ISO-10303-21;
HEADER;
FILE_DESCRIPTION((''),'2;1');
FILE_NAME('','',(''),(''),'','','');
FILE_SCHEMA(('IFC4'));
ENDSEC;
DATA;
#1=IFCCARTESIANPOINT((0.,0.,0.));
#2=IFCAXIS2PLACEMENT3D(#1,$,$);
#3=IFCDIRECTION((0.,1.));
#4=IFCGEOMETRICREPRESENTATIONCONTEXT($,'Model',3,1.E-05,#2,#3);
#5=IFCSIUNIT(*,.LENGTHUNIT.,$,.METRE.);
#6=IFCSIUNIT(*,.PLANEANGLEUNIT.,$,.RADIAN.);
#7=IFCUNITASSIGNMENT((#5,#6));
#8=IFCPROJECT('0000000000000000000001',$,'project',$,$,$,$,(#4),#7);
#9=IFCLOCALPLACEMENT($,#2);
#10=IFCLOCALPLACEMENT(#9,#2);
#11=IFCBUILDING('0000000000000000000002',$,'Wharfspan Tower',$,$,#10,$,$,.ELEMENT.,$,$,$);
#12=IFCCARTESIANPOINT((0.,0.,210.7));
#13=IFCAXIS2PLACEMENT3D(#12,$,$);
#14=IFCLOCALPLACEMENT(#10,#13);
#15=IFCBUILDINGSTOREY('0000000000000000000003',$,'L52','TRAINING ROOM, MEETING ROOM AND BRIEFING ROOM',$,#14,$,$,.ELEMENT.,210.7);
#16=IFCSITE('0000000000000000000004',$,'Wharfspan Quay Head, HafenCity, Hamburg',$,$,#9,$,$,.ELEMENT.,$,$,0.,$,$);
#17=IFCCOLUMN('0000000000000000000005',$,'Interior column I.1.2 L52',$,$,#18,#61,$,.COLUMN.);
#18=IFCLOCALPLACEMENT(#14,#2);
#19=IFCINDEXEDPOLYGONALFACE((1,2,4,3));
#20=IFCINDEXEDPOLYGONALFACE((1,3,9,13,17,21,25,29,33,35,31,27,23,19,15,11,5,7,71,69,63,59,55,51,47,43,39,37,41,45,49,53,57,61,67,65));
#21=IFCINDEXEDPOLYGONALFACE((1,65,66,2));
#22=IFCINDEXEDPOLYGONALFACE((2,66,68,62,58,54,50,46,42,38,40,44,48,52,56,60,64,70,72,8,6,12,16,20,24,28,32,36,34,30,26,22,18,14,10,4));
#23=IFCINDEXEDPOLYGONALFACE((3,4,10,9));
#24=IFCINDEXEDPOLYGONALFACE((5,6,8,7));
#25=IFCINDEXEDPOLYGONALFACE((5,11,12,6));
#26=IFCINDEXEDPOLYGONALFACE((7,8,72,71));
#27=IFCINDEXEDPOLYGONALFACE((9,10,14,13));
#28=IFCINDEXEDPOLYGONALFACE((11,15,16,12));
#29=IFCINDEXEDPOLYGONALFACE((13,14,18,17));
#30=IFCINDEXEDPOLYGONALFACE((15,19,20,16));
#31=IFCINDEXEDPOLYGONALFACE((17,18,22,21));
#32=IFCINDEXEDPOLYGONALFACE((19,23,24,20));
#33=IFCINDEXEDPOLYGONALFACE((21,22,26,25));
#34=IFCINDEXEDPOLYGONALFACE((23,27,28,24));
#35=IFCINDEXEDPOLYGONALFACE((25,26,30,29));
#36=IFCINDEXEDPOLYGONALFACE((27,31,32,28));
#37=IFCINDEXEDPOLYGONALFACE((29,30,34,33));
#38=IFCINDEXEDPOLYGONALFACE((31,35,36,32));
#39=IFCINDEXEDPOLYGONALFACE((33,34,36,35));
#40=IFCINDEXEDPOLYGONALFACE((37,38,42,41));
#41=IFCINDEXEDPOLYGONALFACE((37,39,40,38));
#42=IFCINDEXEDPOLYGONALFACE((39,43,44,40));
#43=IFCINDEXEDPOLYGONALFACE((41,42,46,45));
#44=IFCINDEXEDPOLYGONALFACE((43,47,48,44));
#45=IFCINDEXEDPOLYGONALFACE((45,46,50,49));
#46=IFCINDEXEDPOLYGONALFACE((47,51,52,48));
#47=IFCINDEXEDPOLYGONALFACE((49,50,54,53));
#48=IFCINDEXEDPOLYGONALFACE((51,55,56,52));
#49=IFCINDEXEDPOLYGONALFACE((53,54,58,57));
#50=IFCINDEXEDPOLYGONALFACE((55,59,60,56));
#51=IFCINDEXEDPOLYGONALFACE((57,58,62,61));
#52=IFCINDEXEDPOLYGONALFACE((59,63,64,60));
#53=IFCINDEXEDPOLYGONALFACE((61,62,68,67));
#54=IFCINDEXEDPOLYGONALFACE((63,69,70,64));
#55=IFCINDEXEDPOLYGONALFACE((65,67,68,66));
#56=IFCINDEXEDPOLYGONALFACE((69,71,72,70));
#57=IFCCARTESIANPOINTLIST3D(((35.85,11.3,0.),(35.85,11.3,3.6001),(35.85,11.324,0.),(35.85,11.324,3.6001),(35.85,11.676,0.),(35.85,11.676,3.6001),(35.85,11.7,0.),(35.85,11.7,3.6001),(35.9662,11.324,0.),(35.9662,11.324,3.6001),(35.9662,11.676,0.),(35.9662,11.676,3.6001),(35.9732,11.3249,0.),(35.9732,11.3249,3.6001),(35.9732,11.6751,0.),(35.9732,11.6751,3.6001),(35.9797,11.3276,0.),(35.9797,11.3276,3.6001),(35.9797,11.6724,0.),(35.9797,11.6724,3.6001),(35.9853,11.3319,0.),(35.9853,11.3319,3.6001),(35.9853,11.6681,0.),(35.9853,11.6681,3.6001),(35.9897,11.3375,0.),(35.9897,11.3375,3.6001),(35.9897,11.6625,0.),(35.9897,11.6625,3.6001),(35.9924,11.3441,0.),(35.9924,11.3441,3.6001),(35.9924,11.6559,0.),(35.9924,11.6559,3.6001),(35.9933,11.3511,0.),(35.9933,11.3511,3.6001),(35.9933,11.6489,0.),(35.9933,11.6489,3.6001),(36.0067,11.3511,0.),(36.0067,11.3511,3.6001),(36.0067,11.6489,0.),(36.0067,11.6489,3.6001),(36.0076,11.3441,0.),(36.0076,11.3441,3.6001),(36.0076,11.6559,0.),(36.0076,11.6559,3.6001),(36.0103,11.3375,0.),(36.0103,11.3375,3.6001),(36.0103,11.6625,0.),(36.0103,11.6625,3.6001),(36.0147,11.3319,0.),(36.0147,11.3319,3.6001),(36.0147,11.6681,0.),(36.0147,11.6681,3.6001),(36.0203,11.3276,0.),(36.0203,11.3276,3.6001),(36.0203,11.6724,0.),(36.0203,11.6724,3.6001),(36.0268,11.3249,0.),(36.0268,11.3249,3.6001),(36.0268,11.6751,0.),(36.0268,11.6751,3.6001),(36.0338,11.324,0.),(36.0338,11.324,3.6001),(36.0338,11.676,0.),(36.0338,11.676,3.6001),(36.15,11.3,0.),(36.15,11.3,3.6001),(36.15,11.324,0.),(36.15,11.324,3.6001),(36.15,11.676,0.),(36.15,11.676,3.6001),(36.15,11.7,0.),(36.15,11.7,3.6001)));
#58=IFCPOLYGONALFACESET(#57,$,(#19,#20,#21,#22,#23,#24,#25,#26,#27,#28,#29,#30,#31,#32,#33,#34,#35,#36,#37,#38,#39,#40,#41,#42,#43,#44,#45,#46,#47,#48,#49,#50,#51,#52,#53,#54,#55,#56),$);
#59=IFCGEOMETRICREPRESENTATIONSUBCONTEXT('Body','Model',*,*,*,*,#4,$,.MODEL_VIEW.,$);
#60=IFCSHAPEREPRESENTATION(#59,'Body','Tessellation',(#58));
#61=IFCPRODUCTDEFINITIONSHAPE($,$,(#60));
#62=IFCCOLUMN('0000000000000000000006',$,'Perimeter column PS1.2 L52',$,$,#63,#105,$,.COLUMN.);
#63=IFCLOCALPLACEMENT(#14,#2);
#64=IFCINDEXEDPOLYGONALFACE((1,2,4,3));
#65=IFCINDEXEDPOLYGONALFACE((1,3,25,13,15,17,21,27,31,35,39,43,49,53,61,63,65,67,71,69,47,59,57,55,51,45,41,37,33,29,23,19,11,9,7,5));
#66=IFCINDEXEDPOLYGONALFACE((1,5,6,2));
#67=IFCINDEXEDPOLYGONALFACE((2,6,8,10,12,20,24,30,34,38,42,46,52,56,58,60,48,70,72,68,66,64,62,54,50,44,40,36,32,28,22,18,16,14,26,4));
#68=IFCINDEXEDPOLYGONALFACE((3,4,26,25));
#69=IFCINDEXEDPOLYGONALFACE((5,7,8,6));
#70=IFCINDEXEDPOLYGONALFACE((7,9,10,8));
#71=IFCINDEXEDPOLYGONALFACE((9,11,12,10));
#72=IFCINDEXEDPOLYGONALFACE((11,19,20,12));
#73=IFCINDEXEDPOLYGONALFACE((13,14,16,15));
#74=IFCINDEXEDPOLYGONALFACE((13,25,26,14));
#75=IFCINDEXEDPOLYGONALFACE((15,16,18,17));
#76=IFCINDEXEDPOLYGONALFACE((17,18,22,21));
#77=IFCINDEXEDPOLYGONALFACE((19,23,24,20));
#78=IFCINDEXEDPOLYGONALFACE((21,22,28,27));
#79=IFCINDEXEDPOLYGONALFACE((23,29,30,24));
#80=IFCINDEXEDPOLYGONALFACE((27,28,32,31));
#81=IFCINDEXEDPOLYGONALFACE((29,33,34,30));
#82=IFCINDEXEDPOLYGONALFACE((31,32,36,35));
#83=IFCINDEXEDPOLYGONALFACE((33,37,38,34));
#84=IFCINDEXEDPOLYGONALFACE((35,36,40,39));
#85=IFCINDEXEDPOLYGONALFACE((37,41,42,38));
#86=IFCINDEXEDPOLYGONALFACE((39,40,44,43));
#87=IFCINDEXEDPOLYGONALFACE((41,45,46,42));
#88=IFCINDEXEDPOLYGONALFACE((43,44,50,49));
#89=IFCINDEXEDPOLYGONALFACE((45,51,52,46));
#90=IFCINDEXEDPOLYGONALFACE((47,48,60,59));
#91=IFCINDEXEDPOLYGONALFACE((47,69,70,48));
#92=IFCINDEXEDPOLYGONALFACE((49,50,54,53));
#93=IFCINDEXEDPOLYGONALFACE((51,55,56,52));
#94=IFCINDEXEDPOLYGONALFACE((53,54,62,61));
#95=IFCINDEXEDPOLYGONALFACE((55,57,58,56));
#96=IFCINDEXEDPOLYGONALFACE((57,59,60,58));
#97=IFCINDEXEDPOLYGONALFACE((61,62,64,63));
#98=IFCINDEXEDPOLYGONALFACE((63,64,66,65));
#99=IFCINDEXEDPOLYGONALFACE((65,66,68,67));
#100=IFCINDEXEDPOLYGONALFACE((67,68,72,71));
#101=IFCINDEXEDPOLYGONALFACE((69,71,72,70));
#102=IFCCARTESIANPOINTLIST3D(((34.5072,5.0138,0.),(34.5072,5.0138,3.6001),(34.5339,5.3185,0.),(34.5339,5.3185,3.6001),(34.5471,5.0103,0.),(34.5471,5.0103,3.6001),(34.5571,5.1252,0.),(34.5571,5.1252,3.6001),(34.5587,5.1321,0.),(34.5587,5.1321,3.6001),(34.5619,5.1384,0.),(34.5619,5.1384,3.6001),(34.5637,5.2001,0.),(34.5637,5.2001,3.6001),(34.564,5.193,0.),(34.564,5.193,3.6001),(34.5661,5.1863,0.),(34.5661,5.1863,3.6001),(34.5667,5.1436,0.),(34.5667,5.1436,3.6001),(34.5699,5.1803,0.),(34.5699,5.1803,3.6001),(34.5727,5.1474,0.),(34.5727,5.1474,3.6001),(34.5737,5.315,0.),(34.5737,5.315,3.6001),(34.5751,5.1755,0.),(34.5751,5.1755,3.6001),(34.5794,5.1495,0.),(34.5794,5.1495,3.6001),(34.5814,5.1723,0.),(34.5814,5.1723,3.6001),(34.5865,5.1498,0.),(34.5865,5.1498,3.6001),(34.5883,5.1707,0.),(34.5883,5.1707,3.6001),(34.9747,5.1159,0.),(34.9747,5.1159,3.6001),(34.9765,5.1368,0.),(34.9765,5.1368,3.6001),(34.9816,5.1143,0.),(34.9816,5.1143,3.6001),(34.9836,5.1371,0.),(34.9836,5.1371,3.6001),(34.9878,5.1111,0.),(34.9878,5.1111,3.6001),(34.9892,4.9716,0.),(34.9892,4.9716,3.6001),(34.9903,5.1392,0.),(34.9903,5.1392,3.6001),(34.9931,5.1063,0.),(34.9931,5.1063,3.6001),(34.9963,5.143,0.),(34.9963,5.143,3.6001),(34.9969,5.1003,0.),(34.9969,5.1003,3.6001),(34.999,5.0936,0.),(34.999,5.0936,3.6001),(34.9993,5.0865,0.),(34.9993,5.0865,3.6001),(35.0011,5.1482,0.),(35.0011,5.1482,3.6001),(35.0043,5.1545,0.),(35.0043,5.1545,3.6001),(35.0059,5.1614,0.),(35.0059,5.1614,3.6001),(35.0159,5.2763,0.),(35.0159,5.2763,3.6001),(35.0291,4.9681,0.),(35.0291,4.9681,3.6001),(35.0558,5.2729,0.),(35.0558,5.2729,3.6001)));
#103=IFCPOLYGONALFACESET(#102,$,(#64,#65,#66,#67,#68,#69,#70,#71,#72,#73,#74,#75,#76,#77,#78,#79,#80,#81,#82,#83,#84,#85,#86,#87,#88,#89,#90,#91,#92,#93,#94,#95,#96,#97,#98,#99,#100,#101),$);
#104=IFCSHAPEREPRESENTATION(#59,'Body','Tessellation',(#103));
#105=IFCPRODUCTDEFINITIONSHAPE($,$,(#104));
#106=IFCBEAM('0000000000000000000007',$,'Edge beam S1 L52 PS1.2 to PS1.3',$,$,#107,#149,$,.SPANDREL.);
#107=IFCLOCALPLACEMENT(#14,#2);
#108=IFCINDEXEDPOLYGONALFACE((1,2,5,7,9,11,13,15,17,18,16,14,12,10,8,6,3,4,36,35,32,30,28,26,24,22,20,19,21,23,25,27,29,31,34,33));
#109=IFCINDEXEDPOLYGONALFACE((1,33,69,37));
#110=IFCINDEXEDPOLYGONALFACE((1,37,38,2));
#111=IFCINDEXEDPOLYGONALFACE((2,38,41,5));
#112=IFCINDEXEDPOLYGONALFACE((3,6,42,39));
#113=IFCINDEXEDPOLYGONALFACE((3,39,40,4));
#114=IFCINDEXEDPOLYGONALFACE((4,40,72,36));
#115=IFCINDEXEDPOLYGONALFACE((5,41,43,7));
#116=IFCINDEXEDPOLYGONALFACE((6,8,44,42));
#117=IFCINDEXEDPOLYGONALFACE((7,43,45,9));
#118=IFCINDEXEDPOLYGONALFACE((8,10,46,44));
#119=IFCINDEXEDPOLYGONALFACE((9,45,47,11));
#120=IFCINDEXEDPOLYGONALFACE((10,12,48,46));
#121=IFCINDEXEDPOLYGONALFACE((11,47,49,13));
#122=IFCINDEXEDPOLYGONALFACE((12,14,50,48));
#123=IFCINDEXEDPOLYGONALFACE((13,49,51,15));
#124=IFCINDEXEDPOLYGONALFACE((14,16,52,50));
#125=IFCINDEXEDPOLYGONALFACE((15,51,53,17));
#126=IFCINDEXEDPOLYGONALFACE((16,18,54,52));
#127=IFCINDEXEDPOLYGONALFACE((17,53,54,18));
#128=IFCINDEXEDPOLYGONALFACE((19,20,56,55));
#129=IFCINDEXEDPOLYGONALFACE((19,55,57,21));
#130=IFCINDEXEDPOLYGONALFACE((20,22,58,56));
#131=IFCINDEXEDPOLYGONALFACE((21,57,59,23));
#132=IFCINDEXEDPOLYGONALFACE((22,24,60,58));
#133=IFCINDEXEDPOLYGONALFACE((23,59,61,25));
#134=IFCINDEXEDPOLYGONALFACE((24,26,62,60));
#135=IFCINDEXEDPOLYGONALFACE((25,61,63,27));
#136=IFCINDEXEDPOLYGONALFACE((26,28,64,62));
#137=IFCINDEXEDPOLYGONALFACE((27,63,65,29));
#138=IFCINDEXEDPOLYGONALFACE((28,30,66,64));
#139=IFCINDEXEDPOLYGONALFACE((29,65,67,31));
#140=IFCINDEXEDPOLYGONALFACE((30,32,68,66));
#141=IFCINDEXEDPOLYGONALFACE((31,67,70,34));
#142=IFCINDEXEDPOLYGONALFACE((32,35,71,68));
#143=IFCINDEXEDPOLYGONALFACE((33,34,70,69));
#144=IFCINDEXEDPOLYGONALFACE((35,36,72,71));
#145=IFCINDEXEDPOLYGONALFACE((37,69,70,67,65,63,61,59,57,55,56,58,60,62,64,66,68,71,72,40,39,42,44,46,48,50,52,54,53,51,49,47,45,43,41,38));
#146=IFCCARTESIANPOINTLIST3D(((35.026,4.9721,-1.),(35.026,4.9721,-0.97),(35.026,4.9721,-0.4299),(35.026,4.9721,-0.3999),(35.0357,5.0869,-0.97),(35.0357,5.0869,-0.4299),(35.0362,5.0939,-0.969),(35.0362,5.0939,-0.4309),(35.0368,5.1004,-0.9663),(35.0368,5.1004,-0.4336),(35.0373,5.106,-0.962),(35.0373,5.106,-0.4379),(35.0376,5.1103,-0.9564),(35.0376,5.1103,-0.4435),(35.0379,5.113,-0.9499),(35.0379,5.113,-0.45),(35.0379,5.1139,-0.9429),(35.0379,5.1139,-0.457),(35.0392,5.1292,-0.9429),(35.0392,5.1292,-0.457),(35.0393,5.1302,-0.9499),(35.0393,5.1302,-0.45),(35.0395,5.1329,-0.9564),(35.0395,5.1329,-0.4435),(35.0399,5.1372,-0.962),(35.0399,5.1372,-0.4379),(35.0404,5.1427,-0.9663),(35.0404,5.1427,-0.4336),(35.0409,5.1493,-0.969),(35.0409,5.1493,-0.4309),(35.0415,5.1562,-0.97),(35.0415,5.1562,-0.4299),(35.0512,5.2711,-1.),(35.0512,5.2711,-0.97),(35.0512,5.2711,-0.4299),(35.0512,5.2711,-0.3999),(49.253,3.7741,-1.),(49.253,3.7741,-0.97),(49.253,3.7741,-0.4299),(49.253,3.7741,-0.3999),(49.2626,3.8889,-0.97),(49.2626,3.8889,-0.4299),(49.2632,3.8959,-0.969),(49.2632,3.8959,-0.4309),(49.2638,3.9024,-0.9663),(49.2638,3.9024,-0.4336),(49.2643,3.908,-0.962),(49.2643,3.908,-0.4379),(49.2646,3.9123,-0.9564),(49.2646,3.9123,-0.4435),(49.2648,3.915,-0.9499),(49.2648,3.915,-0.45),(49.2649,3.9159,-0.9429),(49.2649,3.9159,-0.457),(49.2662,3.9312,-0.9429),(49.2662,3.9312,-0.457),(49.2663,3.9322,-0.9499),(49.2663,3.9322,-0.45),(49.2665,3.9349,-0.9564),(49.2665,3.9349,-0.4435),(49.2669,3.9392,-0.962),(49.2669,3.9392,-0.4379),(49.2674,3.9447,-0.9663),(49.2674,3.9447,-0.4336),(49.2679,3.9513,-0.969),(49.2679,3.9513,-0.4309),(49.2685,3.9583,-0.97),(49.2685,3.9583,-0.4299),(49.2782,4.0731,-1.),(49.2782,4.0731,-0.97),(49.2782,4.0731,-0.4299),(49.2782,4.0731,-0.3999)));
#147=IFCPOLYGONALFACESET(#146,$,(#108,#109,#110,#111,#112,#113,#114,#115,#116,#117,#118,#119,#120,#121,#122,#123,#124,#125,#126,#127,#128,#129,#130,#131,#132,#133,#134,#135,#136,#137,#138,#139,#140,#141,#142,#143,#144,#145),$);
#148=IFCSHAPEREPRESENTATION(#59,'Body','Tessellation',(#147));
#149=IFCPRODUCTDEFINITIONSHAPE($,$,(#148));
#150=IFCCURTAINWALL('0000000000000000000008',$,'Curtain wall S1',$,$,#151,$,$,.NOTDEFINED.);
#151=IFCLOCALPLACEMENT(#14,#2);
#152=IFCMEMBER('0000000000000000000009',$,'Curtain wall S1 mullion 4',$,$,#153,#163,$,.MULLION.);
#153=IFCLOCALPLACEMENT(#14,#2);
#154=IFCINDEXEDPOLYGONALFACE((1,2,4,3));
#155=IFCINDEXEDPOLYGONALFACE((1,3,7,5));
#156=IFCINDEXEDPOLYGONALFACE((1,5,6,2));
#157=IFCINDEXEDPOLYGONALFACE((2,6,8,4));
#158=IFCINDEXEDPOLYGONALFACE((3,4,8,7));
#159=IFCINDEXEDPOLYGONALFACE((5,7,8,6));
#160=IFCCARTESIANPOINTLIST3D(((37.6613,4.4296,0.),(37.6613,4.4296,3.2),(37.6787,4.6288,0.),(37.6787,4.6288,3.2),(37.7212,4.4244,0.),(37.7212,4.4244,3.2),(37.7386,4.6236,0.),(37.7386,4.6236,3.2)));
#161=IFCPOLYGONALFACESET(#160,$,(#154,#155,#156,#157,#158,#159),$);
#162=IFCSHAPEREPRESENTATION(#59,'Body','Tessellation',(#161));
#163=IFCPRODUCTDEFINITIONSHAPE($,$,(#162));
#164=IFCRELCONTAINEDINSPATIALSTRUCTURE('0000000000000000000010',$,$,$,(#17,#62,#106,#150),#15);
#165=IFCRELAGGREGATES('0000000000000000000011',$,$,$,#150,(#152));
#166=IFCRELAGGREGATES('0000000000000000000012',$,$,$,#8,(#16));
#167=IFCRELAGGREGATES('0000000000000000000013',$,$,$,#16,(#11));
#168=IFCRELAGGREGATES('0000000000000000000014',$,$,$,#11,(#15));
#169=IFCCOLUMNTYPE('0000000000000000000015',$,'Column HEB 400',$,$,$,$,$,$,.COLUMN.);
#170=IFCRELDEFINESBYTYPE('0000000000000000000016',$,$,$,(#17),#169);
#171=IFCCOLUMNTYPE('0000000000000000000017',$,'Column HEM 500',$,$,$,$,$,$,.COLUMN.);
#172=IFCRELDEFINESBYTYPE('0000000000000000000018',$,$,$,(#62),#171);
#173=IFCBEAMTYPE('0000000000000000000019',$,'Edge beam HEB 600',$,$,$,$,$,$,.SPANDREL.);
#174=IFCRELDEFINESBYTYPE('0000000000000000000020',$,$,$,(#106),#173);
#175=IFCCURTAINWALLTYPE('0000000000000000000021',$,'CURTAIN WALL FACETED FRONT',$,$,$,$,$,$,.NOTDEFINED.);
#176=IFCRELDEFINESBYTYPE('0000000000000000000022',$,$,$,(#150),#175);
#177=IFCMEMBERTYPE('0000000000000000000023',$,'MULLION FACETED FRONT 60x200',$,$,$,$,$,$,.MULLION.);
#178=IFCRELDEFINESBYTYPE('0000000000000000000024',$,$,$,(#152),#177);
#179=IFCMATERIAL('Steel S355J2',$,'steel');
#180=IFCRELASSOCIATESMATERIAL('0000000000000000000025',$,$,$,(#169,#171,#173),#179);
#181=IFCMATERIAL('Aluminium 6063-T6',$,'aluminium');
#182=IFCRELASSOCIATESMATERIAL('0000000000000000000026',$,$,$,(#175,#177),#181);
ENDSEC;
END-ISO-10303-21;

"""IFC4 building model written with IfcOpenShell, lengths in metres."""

from ifc_helpers import new_model, si_unit, direction, frame, origin, origin_2d, place, context, subcontext, project, spatial, rectangle, i_section, extrude, material, material_profile, profile_set, type_object, element, aggregate, save


model = new_model("IFC4")

# Units and contexts
model_context = context("Model", 3, precision=1e-05, world=origin(), true_north=direction((0.0, 1.0)))
body_context = subcontext(model_context, "Body", "Model", "MODEL_VIEW")
ifc_project = project(units=[si_unit("LENGTHUNIT", "METRE"), si_unit("PLANEANGLEUNIT", "RADIAN")], contexts=[model_context])

# Site, building, storey
site_placement = place(None, origin())
site = spatial("IfcSite", under=ifc_project, at=site_placement, Name="Wharfspan Quay Head, HafenCity, Hamburg", CompositionType="ELEMENT", RefElevation=0.0)
building_placement = place(site_placement, origin())
building = spatial("IfcBuilding", under=site, at=building_placement, Name="Wharfspan Tower", CompositionType="ELEMENT")
storey_placement = place(building_placement, frame((0.0, 0.0, 210.7)))
storey = spatial("IfcBuildingStorey", under=building, at=storey_placement, Name="L52", Description="TRAINING ROOM, MEETING ROOM AND BRIEFING ROOM", CompositionType="ELEMENT", Elevation=210.7)

# Columns
ifc_material_1 = material(Name="Steel S355J2", Category="steel")
ifc_material_profile_1 = material_profile(ifc_material_1, i_section(OverallWidth=0.3, OverallDepth=0.3999, WebThickness=0.0134, FlangeThickness=0.0239, FilletRadius=0.0271, at=origin_2d()))
ifc_profile_set_1 = profile_set([ifc_material_profile_1], Name="Steel S355J2")
column_type_1 = type_object("IfcColumnType", Name="Column HEB 400", PredefinedType="COLUMN", material=ifc_profile_set_1)
column_1_placement = place(storey_placement, frame((36.0, 11.5, 0.0), z_axis=(0.0, 0.0, 1.0), x_axis=(1.0, 0.0, 0.0)))
element("IfcColumn", 1, at=column_1_placement, inside=storey, type_object=column_type_1, Name="Interior column I.1.2 L52", PredefinedType="COLUMN", context=body_context, shape_type="SweptSolid", body=[
    extrude(i_section(OverallWidth=0.3, OverallDepth=0.3999, WebThickness=0.0134, FlangeThickness=0.0239, FilletRadius=0.0271, at=origin_2d()), origin(), (0.0, 0.0, 1.0), 3.6001),
])
ifc_material_profile_2 = material_profile(ifc_material_1, i_section(OverallWidth=0.3059, OverallDepth=0.5239, WebThickness=0.021, FlangeThickness=0.04, FilletRadius=0.0271, at=origin_2d()))
ifc_profile_set_2 = profile_set([ifc_material_profile_2], Name="Steel S355J2")
column_type_2 = type_object("IfcColumnType", Name="Column HEM 500", PredefinedType="COLUMN", material=ifc_profile_set_2)
column_2_placement = place(storey_placement, frame((34.7815, 5.1433, 0.0), z_axis=(0.0, 0.0, 1.0), x_axis=(-0.087156, -0.996197, 0.0)))
element("IfcColumn", 2, at=column_2_placement, inside=storey, type_object=column_type_2, Name="Perimeter column PS1.2 L52", PredefinedType="COLUMN", context=body_context, shape_type="SweptSolid", body=[
    extrude(i_section(OverallWidth=0.3059, OverallDepth=0.5239, WebThickness=0.021, FlangeThickness=0.04, FilletRadius=0.0271, at=origin_2d()), origin(), (0.0, 0.0, 1.0), 3.6001),
])

# Beam
ifc_material_profile_3 = material_profile(ifc_material_1, i_section(OverallWidth=0.3, OverallDepth=0.6001, WebThickness=0.0154, FlangeThickness=0.03, FilletRadius=0.0271, at=origin_2d()))
ifc_profile_set_3 = profile_set([ifc_material_profile_3], Name="Steel S355J2")
beam_type = type_object("IfcBeamType", Name="Edge beam HEB 600", PredefinedType="SPANDREL", material=ifc_profile_set_3)
beam_placement = place(storey_placement, frame((35.0386, 5.1216, -0.7), z_axis=(0.996473, -0.083909, 0.0), x_axis=(0.083909, 0.996473, 0.0)))
element("IfcBeam", 3, at=beam_placement, inside=storey, type_object=beam_type, Name="Edge beam S1 L52 PS1.2 to PS1.3", PredefinedType="SPANDREL", context=body_context, shape_type="SweptSolid", body=[
    extrude(i_section(OverallWidth=0.3, OverallDepth=0.6001, WebThickness=0.0154, FlangeThickness=0.03, FilletRadius=0.0271, at=origin_2d()), origin(), (0.0, 0.0, 1.0), 14.2773),
])

# Curtain wall, member
ifc_material_2 = material(Name="Aluminium 6063-T6", Category="aluminium")
curtain_wall_type = type_object("IfcCurtainWallType", Name="CURTAIN WALL FACETED FRONT", PredefinedType="NOTDEFINED", material=ifc_material_2)
curtain_wall_placement = place(storey_placement, origin())
curtain_wall = element("IfcCurtainWall", 4, at=curtain_wall_placement, inside=storey, type_object=curtain_wall_type, Name="Curtain wall S1", PredefinedType="NOTDEFINED")
ifc_material_profile_4 = material_profile(ifc_material_2, rectangle(XDim=0.2, YDim=0.0601, at=origin_2d()))
ifc_profile_set_4 = profile_set([ifc_material_profile_4], Name="Aluminium 6063-T6")
member_type_1 = type_object("IfcMemberType", Name="MULLION FACETED FRONT 60x200", PredefinedType="MULLION", material=ifc_profile_set_4)
member_1_placement = place(storey_placement, frame((37.7, 4.5266, 0.0), z_axis=(0.0, 0.0, 1.0), x_axis=(0.087156, 0.996197, 0.0)))
member_1 = element("IfcMember", 5, at=member_1_placement, type_object=member_type_1, Name="Curtain wall S1 mullion 4", PredefinedType="MULLION", context=body_context, shape_type="SweptSolid", body=[
    extrude(rectangle(XDim=0.2, YDim=0.0601, at=origin_2d()), origin(), (0.0, 0.0, 1.0), 3.2),
])

aggregate(curtain_wall, [member_1])

save(model, "model.ifc")
